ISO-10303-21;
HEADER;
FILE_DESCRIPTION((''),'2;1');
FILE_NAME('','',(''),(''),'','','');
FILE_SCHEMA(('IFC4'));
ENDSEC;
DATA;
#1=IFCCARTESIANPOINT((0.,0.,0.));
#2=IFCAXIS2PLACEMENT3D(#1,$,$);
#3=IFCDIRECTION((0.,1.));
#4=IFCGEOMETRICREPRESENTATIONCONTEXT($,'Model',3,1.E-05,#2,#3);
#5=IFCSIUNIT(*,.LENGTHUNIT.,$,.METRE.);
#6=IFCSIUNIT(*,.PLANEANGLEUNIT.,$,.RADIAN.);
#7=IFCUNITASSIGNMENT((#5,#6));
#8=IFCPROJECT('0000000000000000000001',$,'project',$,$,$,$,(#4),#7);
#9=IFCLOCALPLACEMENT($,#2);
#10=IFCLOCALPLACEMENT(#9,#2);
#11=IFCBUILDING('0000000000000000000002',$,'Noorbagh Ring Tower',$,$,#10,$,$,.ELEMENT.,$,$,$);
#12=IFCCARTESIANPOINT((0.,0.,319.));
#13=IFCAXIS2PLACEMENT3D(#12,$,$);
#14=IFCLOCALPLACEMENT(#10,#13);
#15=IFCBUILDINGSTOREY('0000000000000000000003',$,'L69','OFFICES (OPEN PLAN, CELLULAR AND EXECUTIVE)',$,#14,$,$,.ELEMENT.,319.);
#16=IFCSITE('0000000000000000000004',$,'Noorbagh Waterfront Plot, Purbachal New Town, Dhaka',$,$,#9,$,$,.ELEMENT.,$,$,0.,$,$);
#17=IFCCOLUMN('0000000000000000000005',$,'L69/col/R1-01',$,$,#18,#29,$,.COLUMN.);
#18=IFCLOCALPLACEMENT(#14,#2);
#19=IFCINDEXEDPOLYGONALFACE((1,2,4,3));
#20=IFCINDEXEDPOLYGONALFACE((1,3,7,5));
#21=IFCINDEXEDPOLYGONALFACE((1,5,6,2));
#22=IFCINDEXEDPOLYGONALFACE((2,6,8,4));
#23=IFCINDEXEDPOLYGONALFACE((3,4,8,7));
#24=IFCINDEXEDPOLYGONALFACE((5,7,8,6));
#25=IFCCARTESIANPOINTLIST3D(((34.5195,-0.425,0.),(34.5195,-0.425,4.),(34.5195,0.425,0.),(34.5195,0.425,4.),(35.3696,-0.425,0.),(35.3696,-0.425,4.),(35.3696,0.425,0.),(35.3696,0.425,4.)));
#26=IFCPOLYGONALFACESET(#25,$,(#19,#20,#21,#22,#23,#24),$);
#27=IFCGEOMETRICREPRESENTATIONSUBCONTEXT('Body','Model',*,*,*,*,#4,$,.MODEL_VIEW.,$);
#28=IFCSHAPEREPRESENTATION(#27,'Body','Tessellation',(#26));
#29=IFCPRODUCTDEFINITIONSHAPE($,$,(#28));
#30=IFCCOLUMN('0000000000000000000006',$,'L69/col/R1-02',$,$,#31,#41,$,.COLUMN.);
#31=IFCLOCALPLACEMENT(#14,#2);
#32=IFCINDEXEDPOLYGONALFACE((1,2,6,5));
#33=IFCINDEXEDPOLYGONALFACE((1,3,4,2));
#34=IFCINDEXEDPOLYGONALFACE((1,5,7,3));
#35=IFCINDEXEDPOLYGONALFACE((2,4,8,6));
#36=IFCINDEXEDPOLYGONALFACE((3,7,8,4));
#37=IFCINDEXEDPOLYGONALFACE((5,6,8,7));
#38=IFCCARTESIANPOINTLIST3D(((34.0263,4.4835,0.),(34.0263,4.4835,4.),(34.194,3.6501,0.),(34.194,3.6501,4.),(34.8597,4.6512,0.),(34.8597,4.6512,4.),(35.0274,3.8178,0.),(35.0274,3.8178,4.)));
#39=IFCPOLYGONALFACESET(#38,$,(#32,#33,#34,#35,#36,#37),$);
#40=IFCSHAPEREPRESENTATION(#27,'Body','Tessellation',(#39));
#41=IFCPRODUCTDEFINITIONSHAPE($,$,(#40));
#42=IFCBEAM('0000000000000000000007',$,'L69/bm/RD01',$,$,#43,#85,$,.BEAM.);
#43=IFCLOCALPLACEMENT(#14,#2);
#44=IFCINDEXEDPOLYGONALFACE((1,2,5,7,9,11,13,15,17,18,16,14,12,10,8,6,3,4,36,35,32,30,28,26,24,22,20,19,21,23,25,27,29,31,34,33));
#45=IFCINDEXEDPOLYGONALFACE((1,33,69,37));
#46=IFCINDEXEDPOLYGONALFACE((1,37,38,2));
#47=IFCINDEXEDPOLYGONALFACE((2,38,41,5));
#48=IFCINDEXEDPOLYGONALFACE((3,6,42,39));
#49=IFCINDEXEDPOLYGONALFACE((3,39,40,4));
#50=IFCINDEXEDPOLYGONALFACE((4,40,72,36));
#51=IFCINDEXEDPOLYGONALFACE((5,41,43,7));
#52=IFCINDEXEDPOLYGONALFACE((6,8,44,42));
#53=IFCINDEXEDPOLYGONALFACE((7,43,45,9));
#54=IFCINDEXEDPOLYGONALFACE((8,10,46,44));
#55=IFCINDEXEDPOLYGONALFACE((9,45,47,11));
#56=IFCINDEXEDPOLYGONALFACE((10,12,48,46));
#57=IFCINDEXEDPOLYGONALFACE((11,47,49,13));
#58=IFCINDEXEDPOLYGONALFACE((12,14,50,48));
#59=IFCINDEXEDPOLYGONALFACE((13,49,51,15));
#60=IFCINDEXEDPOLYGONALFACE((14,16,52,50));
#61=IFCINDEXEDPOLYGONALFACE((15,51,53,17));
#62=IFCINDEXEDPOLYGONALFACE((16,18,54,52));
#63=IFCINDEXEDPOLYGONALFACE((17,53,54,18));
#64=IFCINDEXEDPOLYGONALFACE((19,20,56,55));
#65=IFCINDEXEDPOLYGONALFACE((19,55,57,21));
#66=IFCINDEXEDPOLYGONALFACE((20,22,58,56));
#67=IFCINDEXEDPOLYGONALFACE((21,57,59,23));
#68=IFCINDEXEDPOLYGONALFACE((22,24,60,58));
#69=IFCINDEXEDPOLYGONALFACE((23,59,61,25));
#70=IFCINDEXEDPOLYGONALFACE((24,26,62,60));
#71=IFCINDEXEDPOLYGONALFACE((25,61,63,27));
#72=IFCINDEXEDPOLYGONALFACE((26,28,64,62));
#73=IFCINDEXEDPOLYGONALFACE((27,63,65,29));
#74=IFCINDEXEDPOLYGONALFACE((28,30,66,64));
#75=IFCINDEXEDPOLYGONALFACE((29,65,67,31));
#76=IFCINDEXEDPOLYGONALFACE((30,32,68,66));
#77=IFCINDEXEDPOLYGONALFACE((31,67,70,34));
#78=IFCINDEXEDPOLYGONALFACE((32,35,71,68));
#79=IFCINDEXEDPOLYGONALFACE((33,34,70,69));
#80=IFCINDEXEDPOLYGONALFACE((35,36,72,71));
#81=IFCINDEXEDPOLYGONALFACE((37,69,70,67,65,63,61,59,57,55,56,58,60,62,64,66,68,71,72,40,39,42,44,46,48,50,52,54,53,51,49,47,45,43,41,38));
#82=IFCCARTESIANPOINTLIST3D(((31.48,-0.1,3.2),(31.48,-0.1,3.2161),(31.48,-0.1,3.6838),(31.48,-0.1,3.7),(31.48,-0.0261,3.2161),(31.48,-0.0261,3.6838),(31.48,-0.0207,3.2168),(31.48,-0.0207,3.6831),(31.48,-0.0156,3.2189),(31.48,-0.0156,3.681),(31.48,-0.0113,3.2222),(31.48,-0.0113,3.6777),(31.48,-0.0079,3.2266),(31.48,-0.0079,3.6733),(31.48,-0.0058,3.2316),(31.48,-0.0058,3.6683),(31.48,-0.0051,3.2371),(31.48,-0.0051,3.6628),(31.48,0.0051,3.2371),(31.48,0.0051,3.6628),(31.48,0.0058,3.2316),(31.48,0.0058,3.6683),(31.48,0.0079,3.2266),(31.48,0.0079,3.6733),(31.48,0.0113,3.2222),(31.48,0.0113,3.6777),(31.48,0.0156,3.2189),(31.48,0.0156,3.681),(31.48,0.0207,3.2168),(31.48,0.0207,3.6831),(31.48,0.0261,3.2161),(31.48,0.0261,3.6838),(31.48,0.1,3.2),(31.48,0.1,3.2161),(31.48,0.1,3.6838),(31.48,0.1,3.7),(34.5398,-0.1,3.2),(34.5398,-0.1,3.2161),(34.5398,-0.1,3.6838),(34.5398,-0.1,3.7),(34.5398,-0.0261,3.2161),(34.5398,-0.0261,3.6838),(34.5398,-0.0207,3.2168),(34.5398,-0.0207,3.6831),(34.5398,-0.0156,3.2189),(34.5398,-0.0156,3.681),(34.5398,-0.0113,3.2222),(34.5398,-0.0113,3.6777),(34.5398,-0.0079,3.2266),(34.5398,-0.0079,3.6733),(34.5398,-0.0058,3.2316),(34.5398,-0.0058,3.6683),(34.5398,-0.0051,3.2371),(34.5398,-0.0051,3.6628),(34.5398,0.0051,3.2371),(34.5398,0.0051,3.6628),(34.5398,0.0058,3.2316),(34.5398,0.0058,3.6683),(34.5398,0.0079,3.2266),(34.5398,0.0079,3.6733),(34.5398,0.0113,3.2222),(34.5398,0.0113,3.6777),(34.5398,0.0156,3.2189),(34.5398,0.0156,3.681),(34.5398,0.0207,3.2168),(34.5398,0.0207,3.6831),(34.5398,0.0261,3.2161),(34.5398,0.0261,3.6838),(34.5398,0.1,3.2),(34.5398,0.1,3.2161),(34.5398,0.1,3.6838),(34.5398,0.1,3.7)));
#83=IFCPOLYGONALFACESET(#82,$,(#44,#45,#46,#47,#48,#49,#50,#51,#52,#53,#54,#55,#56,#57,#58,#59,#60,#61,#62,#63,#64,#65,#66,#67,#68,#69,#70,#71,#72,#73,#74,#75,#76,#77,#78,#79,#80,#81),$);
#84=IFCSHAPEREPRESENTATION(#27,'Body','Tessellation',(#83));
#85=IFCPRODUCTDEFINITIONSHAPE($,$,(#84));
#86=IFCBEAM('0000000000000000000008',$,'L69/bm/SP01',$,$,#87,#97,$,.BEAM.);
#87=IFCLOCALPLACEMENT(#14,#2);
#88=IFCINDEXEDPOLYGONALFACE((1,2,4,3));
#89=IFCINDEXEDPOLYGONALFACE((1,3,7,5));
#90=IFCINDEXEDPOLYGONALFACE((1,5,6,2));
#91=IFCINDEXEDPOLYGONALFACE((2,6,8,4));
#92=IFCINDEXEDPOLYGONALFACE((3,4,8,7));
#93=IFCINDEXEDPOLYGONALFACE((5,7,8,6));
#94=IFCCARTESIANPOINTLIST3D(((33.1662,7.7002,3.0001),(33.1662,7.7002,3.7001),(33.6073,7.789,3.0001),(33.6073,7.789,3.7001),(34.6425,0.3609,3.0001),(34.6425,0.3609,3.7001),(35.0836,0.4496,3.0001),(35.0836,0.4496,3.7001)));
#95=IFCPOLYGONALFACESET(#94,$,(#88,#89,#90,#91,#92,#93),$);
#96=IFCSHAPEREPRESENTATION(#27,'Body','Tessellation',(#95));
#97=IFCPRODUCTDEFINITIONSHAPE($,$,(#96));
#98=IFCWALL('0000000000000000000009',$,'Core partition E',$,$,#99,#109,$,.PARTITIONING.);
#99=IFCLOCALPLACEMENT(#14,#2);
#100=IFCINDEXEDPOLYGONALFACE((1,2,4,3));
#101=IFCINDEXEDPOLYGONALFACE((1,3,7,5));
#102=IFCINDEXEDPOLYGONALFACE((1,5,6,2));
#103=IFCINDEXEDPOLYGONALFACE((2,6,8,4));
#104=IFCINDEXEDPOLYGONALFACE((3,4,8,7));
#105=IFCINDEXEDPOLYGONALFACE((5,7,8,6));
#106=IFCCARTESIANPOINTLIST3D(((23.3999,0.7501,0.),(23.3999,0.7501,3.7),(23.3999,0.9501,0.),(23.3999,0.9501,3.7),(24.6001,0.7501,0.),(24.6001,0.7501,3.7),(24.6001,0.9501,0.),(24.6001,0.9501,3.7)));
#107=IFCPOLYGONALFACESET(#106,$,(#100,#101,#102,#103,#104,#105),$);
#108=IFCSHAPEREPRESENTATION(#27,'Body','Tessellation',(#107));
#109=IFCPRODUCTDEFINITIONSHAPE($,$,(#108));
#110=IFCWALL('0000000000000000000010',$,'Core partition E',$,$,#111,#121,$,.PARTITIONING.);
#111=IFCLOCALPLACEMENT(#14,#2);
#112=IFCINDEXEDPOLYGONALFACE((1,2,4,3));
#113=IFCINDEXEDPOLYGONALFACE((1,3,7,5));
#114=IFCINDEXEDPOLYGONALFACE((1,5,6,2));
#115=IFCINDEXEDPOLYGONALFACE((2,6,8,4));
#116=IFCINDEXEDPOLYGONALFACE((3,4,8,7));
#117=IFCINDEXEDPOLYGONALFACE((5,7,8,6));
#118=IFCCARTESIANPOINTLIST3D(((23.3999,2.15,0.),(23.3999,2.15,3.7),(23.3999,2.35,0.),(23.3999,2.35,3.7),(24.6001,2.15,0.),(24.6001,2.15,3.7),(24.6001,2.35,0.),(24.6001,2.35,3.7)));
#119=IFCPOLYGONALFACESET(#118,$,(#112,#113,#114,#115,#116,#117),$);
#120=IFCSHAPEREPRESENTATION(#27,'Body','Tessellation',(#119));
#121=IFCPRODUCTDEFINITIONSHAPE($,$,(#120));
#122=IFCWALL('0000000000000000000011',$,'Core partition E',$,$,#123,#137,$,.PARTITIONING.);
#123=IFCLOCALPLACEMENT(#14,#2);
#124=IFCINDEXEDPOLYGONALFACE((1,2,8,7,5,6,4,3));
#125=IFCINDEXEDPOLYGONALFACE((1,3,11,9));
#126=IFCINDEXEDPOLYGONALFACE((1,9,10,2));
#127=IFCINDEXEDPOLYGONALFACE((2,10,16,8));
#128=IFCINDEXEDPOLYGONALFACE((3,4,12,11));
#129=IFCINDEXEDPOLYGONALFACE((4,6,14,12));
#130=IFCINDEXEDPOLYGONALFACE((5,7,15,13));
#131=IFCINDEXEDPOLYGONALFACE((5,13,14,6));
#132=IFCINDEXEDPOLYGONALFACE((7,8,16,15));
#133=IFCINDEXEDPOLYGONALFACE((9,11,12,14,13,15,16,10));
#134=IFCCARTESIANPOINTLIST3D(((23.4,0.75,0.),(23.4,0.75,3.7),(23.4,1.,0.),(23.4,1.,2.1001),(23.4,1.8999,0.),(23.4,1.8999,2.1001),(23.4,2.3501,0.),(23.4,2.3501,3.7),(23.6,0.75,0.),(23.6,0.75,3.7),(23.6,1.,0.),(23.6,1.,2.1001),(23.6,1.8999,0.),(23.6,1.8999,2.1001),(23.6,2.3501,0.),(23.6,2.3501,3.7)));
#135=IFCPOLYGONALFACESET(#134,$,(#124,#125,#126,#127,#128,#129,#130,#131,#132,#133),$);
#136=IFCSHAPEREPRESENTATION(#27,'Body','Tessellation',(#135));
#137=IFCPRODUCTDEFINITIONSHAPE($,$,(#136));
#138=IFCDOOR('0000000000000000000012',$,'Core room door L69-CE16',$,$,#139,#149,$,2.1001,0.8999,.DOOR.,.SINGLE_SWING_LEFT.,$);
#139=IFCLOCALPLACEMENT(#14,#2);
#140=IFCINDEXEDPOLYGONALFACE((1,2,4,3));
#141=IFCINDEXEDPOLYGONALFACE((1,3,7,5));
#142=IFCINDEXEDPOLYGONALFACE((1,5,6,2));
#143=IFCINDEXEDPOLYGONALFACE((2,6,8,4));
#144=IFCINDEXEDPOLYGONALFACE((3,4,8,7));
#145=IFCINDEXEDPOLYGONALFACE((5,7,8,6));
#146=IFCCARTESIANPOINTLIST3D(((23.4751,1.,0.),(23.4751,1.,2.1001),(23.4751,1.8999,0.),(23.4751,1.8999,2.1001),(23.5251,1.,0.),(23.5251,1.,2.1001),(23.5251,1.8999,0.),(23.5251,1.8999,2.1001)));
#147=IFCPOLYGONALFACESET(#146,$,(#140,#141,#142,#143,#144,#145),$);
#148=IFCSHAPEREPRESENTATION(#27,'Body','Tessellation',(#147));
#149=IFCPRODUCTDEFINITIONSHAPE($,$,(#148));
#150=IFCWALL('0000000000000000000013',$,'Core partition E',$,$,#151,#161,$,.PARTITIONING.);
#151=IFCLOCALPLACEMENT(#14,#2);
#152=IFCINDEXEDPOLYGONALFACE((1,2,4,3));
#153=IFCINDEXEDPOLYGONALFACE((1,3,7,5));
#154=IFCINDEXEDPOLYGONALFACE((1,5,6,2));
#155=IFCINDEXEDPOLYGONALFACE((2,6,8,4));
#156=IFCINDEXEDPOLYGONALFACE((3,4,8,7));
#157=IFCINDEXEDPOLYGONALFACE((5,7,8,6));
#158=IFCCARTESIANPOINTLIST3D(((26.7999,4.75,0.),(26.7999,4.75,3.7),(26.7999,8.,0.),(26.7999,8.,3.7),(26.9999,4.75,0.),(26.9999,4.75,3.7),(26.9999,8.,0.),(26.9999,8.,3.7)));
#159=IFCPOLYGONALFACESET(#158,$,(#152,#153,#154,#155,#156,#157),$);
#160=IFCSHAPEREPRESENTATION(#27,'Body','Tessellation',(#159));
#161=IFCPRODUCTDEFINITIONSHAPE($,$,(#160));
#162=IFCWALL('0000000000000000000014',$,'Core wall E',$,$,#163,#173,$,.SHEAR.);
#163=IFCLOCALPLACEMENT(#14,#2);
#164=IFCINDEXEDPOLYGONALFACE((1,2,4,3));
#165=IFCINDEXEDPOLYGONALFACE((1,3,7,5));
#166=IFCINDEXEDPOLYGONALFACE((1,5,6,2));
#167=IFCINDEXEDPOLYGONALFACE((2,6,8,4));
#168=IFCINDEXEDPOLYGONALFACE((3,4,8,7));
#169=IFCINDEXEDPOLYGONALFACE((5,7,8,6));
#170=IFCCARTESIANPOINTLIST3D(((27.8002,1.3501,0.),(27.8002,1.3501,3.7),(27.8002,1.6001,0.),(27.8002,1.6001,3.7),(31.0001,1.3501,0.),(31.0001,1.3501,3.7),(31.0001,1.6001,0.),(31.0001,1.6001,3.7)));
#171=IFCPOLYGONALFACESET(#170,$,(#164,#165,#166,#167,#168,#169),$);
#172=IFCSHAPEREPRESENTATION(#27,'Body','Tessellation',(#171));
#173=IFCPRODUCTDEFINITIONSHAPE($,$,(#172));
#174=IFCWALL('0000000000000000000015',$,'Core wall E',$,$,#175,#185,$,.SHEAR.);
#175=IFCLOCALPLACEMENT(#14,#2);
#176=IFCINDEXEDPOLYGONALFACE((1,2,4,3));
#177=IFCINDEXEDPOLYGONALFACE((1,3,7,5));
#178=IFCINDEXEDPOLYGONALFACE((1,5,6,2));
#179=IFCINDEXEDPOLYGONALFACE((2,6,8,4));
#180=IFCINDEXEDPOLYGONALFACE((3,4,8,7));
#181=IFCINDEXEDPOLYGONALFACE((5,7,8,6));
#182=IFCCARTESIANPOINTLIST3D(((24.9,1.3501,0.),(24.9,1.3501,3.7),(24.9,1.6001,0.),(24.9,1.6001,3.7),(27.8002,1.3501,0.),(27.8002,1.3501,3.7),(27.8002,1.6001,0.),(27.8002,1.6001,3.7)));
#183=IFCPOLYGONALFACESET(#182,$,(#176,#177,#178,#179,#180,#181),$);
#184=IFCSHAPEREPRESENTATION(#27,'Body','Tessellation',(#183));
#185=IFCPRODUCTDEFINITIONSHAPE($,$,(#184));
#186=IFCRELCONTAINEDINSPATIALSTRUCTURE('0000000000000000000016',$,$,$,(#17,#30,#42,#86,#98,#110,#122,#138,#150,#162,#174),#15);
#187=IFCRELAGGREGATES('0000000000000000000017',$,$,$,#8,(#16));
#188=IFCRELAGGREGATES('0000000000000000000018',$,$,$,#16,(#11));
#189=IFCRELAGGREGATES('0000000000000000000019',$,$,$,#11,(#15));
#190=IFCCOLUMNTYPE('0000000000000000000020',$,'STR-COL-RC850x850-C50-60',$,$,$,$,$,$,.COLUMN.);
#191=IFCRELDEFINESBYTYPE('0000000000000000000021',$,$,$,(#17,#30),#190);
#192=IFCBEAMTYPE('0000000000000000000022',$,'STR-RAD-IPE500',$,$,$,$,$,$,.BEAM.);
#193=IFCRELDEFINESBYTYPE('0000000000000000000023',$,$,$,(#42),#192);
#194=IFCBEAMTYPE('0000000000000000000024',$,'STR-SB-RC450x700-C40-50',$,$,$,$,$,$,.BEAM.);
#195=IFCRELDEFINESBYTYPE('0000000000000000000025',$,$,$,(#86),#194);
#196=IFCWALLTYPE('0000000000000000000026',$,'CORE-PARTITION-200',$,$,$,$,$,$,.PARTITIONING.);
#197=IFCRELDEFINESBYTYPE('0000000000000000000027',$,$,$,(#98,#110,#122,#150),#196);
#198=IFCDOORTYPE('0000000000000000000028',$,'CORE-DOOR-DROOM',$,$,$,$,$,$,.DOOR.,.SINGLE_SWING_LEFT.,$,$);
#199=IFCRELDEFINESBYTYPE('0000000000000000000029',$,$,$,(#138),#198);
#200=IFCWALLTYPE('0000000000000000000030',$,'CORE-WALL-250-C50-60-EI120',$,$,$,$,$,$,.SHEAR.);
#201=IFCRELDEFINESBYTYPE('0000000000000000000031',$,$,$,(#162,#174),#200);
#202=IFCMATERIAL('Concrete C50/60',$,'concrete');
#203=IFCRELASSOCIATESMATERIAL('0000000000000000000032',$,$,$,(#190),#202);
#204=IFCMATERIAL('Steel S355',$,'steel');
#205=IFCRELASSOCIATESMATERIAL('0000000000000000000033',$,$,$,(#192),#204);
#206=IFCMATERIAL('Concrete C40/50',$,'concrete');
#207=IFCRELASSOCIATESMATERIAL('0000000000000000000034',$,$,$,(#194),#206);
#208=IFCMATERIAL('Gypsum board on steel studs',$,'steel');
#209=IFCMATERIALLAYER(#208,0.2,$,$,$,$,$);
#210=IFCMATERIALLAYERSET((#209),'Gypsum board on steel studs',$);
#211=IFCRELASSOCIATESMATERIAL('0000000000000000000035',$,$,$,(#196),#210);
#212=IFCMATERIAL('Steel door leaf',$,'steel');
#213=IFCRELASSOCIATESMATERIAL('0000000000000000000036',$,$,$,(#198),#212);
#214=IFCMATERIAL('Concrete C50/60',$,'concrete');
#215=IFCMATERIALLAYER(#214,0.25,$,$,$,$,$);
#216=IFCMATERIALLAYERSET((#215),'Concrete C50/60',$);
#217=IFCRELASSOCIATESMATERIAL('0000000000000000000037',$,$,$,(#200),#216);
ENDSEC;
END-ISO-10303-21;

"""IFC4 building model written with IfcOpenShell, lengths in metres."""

from ifc_helpers import new_model, si_unit, direction, frame, frame_2d, origin, origin_2d, place, context, subcontext, project, spatial, rectangle, i_section, extrude, material, layer, layer_set, material_profile, profile_set, type_object, element, fill, save


model = new_model("IFC4")

# Units and contexts
model_context = context("Model", 3, precision=1e-05, world=origin(), true_north=direction((0.0, 1.0)))
body_context = subcontext(model_context, "Body", "Model", "MODEL_VIEW")
ifc_project = project(units=[si_unit("LENGTHUNIT", "METRE"), si_unit("PLANEANGLEUNIT", "RADIAN")], contexts=[model_context])

# Site, building, storey
site_placement = place(None, origin())
site = spatial("IfcSite", under=ifc_project, at=site_placement, Name="Noorbagh Waterfront Plot, Purbachal New Town, Dhaka", CompositionType="ELEMENT", RefElevation=0.0)
building_placement = place(site_placement, origin())
building = spatial("IfcBuilding", under=site, at=building_placement, Name="Noorbagh Ring Tower", CompositionType="ELEMENT")
storey_placement = place(building_placement, frame((0.0, 0.0, 319.0)))
storey = spatial("IfcBuildingStorey", under=building, at=storey_placement, Name="L69", Description="OFFICES (OPEN PLAN, CELLULAR AND EXECUTIVE)", CompositionType="ELEMENT", Elevation=319.0)

# Columns
ifc_material_1 = material(Name="Concrete C50/60", Category="concrete")
ifc_material_profile_1 = material_profile(ifc_material_1, rectangle(XDim=0.8501, YDim=0.8501, at=origin_2d()), Name="RC850x850")
ifc_profile_set_1 = profile_set([ifc_material_profile_1], Name="Concrete C50/60")
column_type = type_object("IfcColumnType", Name="STR-COL-RC850x850-C50-60", PredefinedType="COLUMN", material=ifc_profile_set_1)
for number, where, z_axis, x_axis, name in (
    (1, (34.9446, 0.0, 0.0), (0.0, 0.0, 1.0), (0.0, 1.0, 0.0), "L69/col/R1-01"),
    (2, (34.5269, 4.1506, 0.0), (0.0, 0.0, 1.0), (-0.19723, 0.980357, 0.0), "L69/col/R1-02"),
):
    element("IfcColumn", number, at=place(storey_placement, frame(where, z_axis=z_axis, x_axis=x_axis)), inside=storey, type_object=column_type, Name=name, PredefinedType="COLUMN", context=body_context, shape_type="SweptSolid", body=[
        extrude(rectangle(XDim=0.8501, YDim=0.8501, at=origin_2d()), origin(), (0.0, 0.0, 1.0), 4.0),
    ])

# Beams
ifc_material_2 = material(Name="Steel S355", Category="steel")
ifc_material_profile_2 = material_profile(ifc_material_2, i_section(OverallWidth=0.2, OverallDepth=0.5, WebThickness=0.0103, FlangeThickness=0.0161, FilletRadius=0.021, at=origin_2d()), Name="IPE500")
ifc_profile_set_2 = profile_set([ifc_material_profile_2], Name="Steel S355")
beam_type_1 = type_object("IfcBeamType", Name="STR-RAD-IPE500", PredefinedType="BEAM", material=ifc_profile_set_2)
beam_1_placement = place(storey_placement, frame((34.5398, 0.0, 3.45), z_axis=(-1.0, 0.0, 0.0), x_axis=(0.0, -1.0, 0.0)))
element("IfcBeam", 3, at=beam_1_placement, inside=storey, type_object=beam_type_1, Name="L69/bm/RD01", PredefinedType="BEAM", context=body_context, shape_type="SweptSolid", body=[
    extrude(i_section(OverallWidth=0.2, OverallDepth=0.5, WebThickness=0.0103, FlangeThickness=0.0161, FilletRadius=0.021, at=origin_2d()), origin(), (0.0, 0.0, 1.0), 3.0598),
])
ifc_material_3 = material(Name="Concrete C40/50", Category="concrete")
ifc_material_profile_3 = material_profile(ifc_material_3, rectangle(XDim=0.45, YDim=0.7, at=origin_2d()), Name="RC450x700")
ifc_profile_set_3 = profile_set([ifc_material_profile_3], Name="Concrete C40/50")
beam_type_2 = type_object("IfcBeamType", Name="STR-SB-RC450x700-C40-50", PredefinedType="BEAM", material=ifc_profile_set_3)
beam_2_placement = place(storey_placement, frame((34.863, 0.4053, 3.3501), z_axis=(-0.197201, 0.980363, 0.0), x_axis=(-0.980363, -0.197201, 0.0)))
element("IfcBeam", 4, at=beam_2_placement, inside=storey, type_object=beam_type_2, Name="L69/bm/SP01", PredefinedType="BEAM", context=body_context, shape_type="SweptSolid", body=[
    extrude(rectangle(XDim=0.45, YDim=0.7, at=origin_2d()), origin(), (0.0, 0.0, 1.0), 7.4863),
])

# Walls
ifc_material_4 = material(Name="Gypsum board on steel studs", Category="steel")
ifc_layer_1 = layer(ifc_material_4, 0.2)
ifc_layer_set_1 = layer_set([ifc_layer_1], Name="Gypsum board on steel studs")
wall_type_1 = type_object("IfcWallType", Name="CORE-PARTITION-200", PredefinedType="PARTITIONING", material=ifc_layer_set_1)
for number, where, z_axis, x_axis, name in (
    (5, (23.3999, 0.8501, 0.0), (0.0, 0.0, 1.0), (1.0, 0.0, 0.0), "Core partition E"),
    (6, (23.3999, 2.25, 0.0), (0.0, 0.0, 1.0), (1.0, 0.0, 0.0), "Core partition E"),
):
    element("IfcWall", number, at=place(storey_placement, frame(where, z_axis=z_axis, x_axis=x_axis)), inside=storey, type_object=wall_type_1, Name=name, PredefinedType="PARTITIONING", context=body_context, shape_type="SweptSolid", body=[
        extrude(rectangle(XDim=1.2002, YDim=0.2, at=frame_2d((0.6001, 0.0))), origin(), (0.0, 0.0, 1.0), 3.7),
    ])

# Wall, opening, door
wall_1_placement = place(storey_placement, frame((23.5, 0.75, 0.0), z_axis=(0.0, 0.0, 1.0), x_axis=(0.0, 1.0, 0.0)))
wall_1 = element("IfcWall", 7, at=wall_1_placement, inside=storey, type_object=wall_type_1, Name="Core partition E", PredefinedType="PARTITIONING", context=body_context, shape_type="SweptSolid", body=[
    extrude(rectangle(XDim=1.6001, YDim=0.2, at=frame_2d((0.8, 0.0))), origin(), (0.0, 0.0, 1.0), 3.7),
])
opening_1_placement = place(wall_1_placement, frame((0.25, 0.0, 0.0)))
opening_1 = element("IfcOpeningElement", 8, at=opening_1_placement, cuts=wall_1, PredefinedType="OPENING", context=body_context, shape_type="SweptSolid", body=[
    extrude(rectangle(XDim=0.8999, YDim=2.1001, at=frame_2d((0.45, 1.05))), frame((0.0, 0.1099, 0.0), z_axis=(0.0, -1.0, 0.0), x_axis=(1.0, 0.0, 0.0)), (0.0, 0.0, 1.0), 0.22),
])
ifc_material_5 = material(Name="Steel door leaf", Category="steel")
door_type_1 = type_object("IfcDoorType", Name="CORE-DOOR-DROOM", OperationType="SINGLE_SWING_LEFT", PredefinedType="DOOR", material=ifc_material_5)
door_1_placement = place(opening_1_placement, origin())
door_1 = element("IfcDoor", 9, at=door_1_placement, inside=storey, type_object=door_type_1, Name="Core room door L69-CE16", OperationType="SINGLE_SWING_LEFT", OverallHeight=2.1001, OverallWidth=0.8999, PredefinedType="DOOR", context=body_context, shape_type="SweptSolid", body=[
    extrude(rectangle(XDim=0.8999, YDim=2.1001, at=frame_2d((0.45, 1.05))), frame((0.0, 0.0249, 0.0), z_axis=(0.0, -1.0, 0.0), x_axis=(1.0, 0.0, 0.0)), (0.0, 0.0, 1.0), 0.05),
])
fill(opening_1, door_1)

# Walls
wall_2_placement = place(storey_placement, frame((26.8999, 4.75, 0.0), z_axis=(0.0, 0.0, 1.0), x_axis=(0.0, 1.0, 0.0)))
element("IfcWall", 10, at=wall_2_placement, inside=storey, type_object=wall_type_1, Name="Core partition E", PredefinedType="PARTITIONING", context=body_context, shape_type="SweptSolid", body=[
    extrude(rectangle(XDim=3.25, YDim=0.2, at=frame_2d((1.625, 0.0))), origin(), (0.0, 0.0, 1.0), 3.7),
])
ifc_material_6 = material(Name="Concrete C50/60", Category="concrete")
ifc_layer_2 = layer(ifc_material_6, 0.25)
ifc_layer_set_2 = layer_set([ifc_layer_2], Name="Concrete C50/60")
wall_type_2 = type_object("IfcWallType", Name="CORE-WALL-250-C50-60-EI120", PredefinedType="SHEAR", material=ifc_layer_set_2)
wall_3_placement = place(storey_placement, frame((27.8, 1.4751, 0.0), z_axis=(0.0, 0.0, 1.0), x_axis=(1.0, 0.0, 0.0)))
element("IfcWall", 11, at=wall_3_placement, inside=storey, type_object=wall_type_2, Name="Core wall E", PredefinedType="SHEAR", context=body_context, shape_type="SweptSolid", body=[
    extrude(rectangle(XDim=3.2, YDim=0.25, at=frame_2d((1.6001, 0.0))), origin(), (0.0, 0.0, 1.0), 3.7),
])
wall_4_placement = place(storey_placement, frame((24.8999, 1.4751, 0.0), z_axis=(0.0, 0.0, 1.0), x_axis=(1.0, 0.0, 0.0)))
element("IfcWall", 12, at=wall_4_placement, inside=storey, type_object=wall_type_2, Name="Core wall E", PredefinedType="SHEAR", context=body_context, shape_type="SweptSolid", body=[
    extrude(rectangle(XDim=2.9001, YDim=0.25, at=frame_2d((1.4502, 0.0))), origin(), (0.0, 0.0, 1.0), 3.7),
])

save(model, "model.ifc")
